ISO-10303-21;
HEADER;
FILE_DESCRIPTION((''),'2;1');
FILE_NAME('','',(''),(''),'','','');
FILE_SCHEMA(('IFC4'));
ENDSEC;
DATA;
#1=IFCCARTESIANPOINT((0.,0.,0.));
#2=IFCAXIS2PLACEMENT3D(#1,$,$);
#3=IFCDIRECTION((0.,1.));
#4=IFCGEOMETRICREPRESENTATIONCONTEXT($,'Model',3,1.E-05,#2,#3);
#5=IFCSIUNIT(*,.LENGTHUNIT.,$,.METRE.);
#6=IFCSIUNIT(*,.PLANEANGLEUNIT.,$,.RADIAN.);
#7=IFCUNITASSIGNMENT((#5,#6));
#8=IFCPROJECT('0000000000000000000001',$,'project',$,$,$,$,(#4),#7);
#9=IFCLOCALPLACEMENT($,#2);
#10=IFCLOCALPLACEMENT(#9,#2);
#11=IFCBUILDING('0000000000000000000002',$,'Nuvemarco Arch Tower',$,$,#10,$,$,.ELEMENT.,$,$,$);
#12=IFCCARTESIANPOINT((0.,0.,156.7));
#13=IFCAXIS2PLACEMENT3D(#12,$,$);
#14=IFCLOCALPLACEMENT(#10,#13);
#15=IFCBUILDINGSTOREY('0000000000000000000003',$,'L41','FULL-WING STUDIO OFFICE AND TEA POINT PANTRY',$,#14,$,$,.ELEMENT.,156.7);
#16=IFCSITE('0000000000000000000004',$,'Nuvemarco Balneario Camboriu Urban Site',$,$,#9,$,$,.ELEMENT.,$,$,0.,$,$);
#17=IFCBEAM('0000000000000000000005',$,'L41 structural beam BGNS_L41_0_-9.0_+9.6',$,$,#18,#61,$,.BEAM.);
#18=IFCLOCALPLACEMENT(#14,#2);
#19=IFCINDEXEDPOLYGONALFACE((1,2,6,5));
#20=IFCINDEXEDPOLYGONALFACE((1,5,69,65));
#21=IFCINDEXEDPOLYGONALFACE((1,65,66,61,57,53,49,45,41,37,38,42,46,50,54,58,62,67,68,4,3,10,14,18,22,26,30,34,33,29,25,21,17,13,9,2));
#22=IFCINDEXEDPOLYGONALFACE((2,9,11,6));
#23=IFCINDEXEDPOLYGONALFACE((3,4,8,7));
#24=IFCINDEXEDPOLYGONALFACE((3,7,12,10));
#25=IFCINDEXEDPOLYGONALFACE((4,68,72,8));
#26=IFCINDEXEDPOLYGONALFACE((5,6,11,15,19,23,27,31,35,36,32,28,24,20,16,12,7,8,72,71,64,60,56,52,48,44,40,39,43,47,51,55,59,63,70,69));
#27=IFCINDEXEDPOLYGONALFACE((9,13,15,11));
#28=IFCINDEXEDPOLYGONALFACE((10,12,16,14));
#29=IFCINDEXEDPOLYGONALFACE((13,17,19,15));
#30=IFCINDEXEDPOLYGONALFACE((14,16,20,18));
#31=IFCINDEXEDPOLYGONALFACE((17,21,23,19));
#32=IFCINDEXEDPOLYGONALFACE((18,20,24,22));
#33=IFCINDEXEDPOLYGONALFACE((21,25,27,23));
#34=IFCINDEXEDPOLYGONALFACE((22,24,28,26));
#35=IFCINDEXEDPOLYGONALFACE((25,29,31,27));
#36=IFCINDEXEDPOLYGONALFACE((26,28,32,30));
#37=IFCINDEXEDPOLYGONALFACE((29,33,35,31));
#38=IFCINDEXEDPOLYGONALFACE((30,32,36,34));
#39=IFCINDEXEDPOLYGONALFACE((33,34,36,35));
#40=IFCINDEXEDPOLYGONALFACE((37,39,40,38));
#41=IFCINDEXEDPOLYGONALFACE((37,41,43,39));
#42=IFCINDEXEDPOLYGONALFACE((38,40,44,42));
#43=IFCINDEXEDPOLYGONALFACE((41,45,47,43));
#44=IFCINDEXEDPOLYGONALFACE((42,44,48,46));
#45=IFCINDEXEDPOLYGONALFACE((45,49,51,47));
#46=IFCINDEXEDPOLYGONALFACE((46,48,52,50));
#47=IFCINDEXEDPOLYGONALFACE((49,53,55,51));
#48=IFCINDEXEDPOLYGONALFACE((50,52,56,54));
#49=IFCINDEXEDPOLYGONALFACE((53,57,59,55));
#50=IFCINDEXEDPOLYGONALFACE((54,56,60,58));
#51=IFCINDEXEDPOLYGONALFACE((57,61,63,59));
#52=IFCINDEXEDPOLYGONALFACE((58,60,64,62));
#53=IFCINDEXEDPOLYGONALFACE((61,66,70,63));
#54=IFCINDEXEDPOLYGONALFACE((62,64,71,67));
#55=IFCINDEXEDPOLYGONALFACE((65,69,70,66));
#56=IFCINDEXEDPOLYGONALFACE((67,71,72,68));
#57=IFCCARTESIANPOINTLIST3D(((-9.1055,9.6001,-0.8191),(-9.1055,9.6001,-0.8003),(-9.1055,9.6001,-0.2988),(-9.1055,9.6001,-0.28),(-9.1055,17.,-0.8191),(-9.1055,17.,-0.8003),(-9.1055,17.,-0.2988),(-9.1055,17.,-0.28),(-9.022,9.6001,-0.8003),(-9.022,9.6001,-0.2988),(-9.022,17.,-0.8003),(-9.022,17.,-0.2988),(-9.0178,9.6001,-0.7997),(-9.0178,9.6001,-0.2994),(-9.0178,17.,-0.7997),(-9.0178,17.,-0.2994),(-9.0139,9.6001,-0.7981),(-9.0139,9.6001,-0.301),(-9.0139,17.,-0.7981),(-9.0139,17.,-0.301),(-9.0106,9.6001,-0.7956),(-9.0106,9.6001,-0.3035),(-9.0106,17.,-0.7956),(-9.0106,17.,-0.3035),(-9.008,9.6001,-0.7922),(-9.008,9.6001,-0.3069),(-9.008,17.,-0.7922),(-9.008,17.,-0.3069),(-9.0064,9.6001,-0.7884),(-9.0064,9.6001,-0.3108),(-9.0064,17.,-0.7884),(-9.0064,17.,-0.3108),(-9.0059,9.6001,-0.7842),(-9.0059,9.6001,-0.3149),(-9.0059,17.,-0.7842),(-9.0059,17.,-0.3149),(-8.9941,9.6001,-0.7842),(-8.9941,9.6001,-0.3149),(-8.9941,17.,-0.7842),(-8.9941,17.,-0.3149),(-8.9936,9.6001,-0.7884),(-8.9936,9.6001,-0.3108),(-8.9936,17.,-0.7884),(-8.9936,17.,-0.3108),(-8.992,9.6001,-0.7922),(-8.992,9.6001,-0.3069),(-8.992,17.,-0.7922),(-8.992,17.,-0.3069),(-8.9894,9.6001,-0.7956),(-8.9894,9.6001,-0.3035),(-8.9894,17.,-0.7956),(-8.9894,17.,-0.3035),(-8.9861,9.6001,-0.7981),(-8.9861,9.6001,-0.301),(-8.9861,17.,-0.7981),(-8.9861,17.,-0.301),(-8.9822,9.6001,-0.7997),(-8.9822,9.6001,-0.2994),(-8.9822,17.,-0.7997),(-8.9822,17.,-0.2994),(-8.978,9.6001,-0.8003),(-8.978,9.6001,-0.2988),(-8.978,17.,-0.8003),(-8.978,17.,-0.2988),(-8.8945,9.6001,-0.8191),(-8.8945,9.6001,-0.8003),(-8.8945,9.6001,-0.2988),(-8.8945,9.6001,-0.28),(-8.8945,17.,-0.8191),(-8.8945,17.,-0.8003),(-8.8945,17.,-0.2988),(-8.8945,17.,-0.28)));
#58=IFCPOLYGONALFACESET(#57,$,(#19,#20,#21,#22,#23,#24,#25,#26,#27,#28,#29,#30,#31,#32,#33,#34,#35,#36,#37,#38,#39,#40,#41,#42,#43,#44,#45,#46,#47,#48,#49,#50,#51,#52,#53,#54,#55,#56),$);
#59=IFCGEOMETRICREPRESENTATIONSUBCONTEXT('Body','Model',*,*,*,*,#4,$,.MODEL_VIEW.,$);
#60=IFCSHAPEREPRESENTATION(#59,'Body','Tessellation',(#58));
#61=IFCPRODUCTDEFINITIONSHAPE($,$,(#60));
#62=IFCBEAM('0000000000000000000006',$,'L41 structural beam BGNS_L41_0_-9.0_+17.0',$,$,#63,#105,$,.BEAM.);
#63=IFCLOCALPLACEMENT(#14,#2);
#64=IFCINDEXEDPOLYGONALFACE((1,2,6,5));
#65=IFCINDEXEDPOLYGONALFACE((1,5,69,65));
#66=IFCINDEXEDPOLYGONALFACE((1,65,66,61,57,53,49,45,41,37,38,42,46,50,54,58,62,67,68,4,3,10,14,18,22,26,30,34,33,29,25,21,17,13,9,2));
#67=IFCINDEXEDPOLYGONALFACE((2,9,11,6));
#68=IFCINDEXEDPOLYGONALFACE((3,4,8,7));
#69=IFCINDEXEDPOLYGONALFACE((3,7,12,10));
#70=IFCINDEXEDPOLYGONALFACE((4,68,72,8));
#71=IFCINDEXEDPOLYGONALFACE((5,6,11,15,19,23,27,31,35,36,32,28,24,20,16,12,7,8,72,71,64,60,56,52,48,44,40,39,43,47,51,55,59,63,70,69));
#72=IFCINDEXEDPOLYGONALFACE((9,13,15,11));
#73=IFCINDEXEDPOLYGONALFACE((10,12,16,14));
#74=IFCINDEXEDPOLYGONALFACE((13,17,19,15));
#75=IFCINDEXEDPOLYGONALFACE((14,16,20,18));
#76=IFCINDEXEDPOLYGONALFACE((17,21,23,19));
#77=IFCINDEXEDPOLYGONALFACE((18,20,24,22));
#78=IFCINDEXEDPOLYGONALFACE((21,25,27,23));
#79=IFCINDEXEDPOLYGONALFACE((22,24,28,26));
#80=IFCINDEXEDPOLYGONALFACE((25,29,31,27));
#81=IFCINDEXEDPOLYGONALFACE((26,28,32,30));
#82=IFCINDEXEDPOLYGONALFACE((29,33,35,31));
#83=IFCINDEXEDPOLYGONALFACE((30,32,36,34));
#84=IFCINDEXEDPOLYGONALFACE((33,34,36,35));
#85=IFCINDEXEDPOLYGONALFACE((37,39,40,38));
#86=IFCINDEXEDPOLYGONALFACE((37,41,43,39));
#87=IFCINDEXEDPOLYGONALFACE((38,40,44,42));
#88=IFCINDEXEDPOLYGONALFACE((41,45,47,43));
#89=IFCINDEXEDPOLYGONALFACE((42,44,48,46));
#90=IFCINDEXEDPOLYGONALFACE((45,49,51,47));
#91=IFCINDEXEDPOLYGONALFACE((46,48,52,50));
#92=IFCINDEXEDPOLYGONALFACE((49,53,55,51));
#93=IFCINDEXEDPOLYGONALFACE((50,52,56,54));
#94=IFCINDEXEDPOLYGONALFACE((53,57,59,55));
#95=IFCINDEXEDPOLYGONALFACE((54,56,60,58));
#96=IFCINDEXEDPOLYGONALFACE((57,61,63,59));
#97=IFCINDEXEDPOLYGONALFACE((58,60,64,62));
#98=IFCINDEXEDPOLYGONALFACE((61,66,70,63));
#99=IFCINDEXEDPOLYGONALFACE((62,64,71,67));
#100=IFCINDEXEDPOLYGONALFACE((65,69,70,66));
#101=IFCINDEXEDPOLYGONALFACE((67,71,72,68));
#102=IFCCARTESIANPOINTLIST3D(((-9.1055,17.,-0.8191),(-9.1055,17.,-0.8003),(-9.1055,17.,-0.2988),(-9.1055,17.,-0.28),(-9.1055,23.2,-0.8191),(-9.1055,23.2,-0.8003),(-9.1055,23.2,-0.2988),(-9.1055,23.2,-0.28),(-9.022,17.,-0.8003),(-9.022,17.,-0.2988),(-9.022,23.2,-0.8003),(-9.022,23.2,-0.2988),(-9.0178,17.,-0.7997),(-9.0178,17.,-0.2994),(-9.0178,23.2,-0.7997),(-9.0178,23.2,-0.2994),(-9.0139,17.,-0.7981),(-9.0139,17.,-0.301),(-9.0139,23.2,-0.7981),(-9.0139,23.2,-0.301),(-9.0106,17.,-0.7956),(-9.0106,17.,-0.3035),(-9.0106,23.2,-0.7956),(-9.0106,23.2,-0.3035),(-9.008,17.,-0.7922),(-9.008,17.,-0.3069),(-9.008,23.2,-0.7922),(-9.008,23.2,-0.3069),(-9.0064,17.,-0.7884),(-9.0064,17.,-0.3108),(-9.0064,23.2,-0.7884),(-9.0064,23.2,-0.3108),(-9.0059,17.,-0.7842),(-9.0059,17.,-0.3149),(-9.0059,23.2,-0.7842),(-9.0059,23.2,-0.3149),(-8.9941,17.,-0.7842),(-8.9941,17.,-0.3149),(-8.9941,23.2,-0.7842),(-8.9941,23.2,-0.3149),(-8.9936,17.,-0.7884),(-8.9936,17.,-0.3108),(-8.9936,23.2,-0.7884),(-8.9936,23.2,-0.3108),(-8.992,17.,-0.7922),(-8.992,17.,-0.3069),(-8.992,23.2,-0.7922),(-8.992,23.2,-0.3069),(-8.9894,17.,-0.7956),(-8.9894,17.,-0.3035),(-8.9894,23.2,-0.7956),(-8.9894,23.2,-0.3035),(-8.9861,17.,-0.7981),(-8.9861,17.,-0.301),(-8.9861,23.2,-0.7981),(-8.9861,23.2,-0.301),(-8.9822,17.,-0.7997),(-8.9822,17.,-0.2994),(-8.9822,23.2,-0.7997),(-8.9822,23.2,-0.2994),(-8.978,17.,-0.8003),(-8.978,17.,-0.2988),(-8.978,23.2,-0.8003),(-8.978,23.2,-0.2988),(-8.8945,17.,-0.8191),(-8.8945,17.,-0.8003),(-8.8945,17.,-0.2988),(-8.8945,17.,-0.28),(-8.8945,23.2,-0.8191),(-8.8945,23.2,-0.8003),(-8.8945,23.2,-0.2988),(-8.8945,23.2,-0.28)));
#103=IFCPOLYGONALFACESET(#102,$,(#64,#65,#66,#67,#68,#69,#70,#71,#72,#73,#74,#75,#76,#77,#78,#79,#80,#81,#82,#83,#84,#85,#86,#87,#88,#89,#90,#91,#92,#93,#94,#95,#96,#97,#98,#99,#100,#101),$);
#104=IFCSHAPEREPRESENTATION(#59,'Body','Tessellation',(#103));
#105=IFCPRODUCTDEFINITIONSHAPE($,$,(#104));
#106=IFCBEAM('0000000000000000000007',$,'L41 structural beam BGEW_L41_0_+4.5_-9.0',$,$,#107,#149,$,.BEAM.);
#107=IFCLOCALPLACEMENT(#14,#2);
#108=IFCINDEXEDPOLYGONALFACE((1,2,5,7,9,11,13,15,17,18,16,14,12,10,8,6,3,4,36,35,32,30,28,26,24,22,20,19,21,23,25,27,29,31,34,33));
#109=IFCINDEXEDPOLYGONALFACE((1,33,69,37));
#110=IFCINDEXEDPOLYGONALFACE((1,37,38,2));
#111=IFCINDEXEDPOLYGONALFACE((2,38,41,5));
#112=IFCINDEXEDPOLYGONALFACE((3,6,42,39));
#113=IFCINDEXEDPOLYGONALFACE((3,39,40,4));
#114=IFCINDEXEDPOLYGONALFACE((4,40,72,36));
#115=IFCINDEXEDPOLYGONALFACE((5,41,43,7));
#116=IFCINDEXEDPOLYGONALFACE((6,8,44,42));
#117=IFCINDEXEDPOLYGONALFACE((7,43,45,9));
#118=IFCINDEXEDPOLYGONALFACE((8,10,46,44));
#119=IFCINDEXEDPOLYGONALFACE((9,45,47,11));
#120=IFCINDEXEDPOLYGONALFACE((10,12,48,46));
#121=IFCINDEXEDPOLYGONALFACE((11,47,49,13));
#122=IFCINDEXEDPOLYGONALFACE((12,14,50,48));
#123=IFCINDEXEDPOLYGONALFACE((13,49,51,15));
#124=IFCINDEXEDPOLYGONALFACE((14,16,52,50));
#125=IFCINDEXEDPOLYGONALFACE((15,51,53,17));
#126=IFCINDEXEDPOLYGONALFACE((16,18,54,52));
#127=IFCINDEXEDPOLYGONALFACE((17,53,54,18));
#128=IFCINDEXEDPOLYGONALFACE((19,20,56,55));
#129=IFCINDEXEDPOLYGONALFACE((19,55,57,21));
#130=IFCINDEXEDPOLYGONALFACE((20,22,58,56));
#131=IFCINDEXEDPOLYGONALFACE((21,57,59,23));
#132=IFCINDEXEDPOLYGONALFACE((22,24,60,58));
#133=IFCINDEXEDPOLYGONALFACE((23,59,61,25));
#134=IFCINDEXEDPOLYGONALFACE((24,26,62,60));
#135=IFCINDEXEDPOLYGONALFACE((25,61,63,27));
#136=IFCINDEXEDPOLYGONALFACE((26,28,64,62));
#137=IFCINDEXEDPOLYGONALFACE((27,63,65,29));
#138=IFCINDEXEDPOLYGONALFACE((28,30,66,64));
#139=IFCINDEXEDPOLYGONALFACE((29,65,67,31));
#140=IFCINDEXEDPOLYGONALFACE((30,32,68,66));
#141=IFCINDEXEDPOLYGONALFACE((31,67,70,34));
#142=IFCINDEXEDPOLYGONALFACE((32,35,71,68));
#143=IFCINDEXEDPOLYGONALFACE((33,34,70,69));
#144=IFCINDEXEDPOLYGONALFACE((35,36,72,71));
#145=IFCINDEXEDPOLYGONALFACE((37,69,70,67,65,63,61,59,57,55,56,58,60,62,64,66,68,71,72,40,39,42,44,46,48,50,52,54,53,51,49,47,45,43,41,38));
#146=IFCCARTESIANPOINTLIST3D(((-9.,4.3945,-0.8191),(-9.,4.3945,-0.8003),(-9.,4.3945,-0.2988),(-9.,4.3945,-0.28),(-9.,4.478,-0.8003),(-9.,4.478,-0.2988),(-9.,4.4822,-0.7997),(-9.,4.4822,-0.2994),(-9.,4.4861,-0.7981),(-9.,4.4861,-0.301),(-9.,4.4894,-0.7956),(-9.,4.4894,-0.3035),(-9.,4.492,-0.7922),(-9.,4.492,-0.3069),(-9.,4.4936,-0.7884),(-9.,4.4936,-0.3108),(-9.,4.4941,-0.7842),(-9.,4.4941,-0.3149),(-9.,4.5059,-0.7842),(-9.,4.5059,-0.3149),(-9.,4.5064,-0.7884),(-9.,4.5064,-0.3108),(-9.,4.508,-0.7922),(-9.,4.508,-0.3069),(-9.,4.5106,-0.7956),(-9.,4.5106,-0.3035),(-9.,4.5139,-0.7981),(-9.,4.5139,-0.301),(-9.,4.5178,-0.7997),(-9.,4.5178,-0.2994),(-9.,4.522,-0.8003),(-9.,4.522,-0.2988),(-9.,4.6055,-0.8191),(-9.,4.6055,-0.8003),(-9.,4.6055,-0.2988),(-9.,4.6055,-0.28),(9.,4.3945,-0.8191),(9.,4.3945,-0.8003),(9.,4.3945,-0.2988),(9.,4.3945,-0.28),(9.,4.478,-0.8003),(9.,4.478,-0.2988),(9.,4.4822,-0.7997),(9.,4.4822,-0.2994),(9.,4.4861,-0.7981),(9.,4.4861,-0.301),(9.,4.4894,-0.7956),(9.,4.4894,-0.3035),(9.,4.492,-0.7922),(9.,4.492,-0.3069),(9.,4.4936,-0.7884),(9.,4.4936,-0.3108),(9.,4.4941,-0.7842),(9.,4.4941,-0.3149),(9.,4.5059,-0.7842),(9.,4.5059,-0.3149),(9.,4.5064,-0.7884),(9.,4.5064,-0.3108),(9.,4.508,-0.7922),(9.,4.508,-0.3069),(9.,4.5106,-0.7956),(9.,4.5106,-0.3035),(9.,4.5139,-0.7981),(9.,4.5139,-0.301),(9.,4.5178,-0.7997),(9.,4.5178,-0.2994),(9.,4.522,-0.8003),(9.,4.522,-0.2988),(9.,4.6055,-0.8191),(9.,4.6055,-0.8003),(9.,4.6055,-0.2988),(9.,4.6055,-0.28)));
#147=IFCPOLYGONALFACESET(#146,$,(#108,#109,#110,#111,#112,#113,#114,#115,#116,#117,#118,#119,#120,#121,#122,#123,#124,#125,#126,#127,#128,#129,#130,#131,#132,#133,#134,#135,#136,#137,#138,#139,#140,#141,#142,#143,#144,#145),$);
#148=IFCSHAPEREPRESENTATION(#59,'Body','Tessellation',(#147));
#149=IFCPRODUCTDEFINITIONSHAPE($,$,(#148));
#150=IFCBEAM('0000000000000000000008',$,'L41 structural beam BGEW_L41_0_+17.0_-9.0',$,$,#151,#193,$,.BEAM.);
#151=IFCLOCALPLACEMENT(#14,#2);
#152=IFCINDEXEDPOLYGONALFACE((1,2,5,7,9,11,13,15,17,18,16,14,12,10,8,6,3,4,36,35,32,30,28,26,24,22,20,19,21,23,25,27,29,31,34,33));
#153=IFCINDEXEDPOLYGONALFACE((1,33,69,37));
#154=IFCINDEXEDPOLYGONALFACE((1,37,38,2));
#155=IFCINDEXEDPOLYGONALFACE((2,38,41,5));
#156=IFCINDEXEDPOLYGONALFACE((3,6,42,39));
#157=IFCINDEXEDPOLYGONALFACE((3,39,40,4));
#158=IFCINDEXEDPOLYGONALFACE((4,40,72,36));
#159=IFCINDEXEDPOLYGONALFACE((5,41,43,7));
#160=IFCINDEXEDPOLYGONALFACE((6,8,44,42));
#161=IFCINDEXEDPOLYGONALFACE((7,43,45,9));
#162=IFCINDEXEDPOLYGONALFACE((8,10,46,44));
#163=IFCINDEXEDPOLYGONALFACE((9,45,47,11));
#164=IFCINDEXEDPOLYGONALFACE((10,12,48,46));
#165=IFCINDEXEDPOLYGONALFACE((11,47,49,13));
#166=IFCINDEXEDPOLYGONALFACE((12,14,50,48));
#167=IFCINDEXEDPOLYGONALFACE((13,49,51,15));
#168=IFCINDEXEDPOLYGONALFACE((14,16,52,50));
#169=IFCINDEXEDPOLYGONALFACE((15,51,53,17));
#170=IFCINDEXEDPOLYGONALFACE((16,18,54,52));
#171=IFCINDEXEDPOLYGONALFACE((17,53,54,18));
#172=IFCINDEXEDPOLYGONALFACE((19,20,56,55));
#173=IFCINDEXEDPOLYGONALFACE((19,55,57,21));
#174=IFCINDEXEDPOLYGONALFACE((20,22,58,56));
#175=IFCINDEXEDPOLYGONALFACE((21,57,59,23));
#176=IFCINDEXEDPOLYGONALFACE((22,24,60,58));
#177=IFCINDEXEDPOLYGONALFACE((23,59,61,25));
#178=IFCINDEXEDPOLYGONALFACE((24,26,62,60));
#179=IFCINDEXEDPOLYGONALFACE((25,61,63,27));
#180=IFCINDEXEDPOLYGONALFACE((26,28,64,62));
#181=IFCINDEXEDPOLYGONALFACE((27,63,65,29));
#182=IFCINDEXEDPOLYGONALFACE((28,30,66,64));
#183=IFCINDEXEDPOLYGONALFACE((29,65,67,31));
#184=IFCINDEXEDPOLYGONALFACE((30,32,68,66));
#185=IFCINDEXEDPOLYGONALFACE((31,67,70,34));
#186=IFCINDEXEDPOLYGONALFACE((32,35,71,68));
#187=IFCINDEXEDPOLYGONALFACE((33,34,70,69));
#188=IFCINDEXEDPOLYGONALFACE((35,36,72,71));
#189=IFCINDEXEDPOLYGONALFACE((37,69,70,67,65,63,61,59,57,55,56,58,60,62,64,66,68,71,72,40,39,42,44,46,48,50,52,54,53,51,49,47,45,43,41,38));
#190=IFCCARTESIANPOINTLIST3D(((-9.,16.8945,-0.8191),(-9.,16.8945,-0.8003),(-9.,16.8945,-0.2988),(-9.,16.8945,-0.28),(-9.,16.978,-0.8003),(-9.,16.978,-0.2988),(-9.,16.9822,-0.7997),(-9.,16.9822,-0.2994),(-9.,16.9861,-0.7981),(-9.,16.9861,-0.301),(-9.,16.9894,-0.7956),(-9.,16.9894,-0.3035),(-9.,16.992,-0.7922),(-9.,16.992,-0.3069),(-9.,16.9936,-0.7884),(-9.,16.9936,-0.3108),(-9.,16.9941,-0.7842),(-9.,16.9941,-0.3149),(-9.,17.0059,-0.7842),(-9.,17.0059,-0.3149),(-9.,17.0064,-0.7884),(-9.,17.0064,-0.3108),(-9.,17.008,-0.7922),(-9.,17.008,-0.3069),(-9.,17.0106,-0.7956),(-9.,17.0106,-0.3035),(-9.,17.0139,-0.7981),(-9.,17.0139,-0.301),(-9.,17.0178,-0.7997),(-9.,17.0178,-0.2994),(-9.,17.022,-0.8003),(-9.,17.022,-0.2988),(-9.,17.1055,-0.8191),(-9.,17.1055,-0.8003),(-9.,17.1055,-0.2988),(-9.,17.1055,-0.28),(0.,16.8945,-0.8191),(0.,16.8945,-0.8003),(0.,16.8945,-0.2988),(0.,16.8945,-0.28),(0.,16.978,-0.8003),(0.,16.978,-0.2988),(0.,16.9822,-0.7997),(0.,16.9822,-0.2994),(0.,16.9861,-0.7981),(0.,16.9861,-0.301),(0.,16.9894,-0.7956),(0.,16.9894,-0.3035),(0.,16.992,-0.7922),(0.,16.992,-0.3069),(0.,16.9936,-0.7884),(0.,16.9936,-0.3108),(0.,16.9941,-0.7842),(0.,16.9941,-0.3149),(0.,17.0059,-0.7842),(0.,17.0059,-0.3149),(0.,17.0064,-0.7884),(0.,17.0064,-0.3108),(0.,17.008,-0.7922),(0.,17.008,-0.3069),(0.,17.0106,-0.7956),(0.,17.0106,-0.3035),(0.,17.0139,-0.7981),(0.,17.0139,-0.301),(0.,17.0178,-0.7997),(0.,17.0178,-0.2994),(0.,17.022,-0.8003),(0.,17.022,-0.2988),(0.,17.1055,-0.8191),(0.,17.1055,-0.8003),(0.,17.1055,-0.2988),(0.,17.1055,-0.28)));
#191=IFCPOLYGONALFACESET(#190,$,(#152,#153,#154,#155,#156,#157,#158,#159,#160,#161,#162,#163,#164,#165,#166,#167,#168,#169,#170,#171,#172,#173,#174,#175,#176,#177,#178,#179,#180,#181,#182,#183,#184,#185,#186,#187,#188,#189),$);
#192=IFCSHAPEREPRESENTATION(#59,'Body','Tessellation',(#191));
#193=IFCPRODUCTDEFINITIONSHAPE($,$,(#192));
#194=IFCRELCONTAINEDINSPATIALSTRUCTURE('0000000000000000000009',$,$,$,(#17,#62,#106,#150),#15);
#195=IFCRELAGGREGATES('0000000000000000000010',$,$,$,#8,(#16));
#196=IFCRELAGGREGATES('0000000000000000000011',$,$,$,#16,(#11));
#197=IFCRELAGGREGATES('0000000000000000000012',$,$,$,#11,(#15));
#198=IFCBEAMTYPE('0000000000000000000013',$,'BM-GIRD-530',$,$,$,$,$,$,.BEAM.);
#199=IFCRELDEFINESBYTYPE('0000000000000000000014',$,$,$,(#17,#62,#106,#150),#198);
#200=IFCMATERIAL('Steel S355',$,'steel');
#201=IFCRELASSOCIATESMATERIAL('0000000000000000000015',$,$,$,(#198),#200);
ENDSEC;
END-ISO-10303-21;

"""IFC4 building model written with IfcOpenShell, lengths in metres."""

from ifc_helpers import new_model, si_unit, direction, frame, origin, origin_2d, place, context, subcontext, project, spatial, i_section, extrude, material, material_profile, profile_set, type_object, element, save


model = new_model("IFC4")

# Units and contexts
model_context = context("Model", 3, precision=1e-05, world=origin(), true_north=direction((0.0, 1.0)))
body_context = subcontext(model_context, "Body", "Model", "MODEL_VIEW")
ifc_project = project(units=[si_unit("LENGTHUNIT", "METRE"), si_unit("PLANEANGLEUNIT", "RADIAN")], contexts=[model_context])

# Site, building, storey
site_placement = place(None, origin())
site = spatial("IfcSite", under=ifc_project, at=site_placement, Name="Nuvemarco Balneario Camboriu Urban Site", CompositionType="ELEMENT", RefElevation=0.0)
building_placement = place(site_placement, origin())
building = spatial("IfcBuilding", under=site, at=building_placement, Name="Nuvemarco Arch Tower", CompositionType="ELEMENT")
storey_placement = place(building_placement, frame((0.0, 0.0, 156.7)))
storey = spatial("IfcBuildingStorey", under=building, at=storey_placement, Name="L41", Description="FULL-WING STUDIO OFFICE AND TEA POINT PANTRY", CompositionType="ELEMENT", Elevation=156.7)

# Shared definitions
ifc_material_1 = material(Name="Steel S355", Category="steel")

# Beams
ifc_material_profile_1 = material_profile(ifc_material_1, i_section(OverallWidth=0.2109, OverallDepth=0.5391, WebThickness=0.0117, FlangeThickness=0.0188, FilletRadius=0.0161, at=origin_2d()), Name="W530x109")
ifc_profile_set_1 = profile_set([ifc_material_profile_1], Name="Steel S355")
beam_type_1 = type_object("IfcBeamType", Name="BM-GIRD-530", PredefinedType="BEAM", material=ifc_profile_set_1)
beam_1_placement = place(storey_placement, frame((-9.0, 9.6001, -0.5496), z_axis=(0.0, 1.0, 0.0), x_axis=(-1.0, 0.0, 0.0)))
element("IfcBeam", 1, at=beam_1_placement, inside=storey, type_object=beam_type_1, Name="L41 structural beam BGNS_L41_0_-9.0_+9.6", PredefinedType="BEAM", context=body_context, shape_type="SweptSolid", body=[
    extrude(i_section(OverallWidth=0.2109, OverallDepth=0.5391, WebThickness=0.0117, FlangeThickness=0.0188, FilletRadius=0.0161, at=origin_2d()), origin(), (0.0, 0.0, 1.0), 7.3999),
])
beam_2_placement = place(storey_placement, frame((-9.0, 17.0, -0.5496), z_axis=(0.0, 1.0, 0.0), x_axis=(-1.0, 0.0, 0.0)))
element("IfcBeam", 2, at=beam_2_placement, inside=storey, type_object=beam_type_1, Name="L41 structural beam BGNS_L41_0_-9.0_+17.0", PredefinedType="BEAM", context=body_context, shape_type="SweptSolid", body=[
    extrude(i_section(OverallWidth=0.2109, OverallDepth=0.5391, WebThickness=0.0117, FlangeThickness=0.0188, FilletRadius=0.0161, at=origin_2d()), origin(), (0.0, 0.0, 1.0), 6.2),
])
beam_3_placement = place(storey_placement, frame((-9.0, 4.5, -0.5496), z_axis=(1.0, 0.0, 0.0), x_axis=(0.0, 1.0, 0.0)))
element("IfcBeam", 3, at=beam_3_placement, inside=storey, type_object=beam_type_1, Name="L41 structural beam BGEW_L41_0_+4.5_-9.0", PredefinedType="BEAM", context=body_context, shape_type="SweptSolid", body=[
    extrude(i_section(OverallWidth=0.2109, OverallDepth=0.5391, WebThickness=0.0117, FlangeThickness=0.0188, FilletRadius=0.0161, at=origin_2d()), origin(), (0.0, 0.0, 1.0), 18.0),
])
beam_4_placement = place(storey_placement, frame((-9.0, 17.0, -0.5496), z_axis=(1.0, 0.0, 0.0), x_axis=(0.0, 1.0, 0.0)))
element("IfcBeam", 4, at=beam_4_placement, inside=storey, type_object=beam_type_1, Name="L41 structural beam BGEW_L41_0_+17.0_-9.0", PredefinedType="BEAM", context=body_context, shape_type="SweptSolid", body=[
    extrude(i_section(OverallWidth=0.2109, OverallDepth=0.5391, WebThickness=0.0117, FlangeThickness=0.0188, FilletRadius=0.0161, at=origin_2d()), origin(), (0.0, 0.0, 1.0), 9.0),
])

save(model, "model.ifc")
